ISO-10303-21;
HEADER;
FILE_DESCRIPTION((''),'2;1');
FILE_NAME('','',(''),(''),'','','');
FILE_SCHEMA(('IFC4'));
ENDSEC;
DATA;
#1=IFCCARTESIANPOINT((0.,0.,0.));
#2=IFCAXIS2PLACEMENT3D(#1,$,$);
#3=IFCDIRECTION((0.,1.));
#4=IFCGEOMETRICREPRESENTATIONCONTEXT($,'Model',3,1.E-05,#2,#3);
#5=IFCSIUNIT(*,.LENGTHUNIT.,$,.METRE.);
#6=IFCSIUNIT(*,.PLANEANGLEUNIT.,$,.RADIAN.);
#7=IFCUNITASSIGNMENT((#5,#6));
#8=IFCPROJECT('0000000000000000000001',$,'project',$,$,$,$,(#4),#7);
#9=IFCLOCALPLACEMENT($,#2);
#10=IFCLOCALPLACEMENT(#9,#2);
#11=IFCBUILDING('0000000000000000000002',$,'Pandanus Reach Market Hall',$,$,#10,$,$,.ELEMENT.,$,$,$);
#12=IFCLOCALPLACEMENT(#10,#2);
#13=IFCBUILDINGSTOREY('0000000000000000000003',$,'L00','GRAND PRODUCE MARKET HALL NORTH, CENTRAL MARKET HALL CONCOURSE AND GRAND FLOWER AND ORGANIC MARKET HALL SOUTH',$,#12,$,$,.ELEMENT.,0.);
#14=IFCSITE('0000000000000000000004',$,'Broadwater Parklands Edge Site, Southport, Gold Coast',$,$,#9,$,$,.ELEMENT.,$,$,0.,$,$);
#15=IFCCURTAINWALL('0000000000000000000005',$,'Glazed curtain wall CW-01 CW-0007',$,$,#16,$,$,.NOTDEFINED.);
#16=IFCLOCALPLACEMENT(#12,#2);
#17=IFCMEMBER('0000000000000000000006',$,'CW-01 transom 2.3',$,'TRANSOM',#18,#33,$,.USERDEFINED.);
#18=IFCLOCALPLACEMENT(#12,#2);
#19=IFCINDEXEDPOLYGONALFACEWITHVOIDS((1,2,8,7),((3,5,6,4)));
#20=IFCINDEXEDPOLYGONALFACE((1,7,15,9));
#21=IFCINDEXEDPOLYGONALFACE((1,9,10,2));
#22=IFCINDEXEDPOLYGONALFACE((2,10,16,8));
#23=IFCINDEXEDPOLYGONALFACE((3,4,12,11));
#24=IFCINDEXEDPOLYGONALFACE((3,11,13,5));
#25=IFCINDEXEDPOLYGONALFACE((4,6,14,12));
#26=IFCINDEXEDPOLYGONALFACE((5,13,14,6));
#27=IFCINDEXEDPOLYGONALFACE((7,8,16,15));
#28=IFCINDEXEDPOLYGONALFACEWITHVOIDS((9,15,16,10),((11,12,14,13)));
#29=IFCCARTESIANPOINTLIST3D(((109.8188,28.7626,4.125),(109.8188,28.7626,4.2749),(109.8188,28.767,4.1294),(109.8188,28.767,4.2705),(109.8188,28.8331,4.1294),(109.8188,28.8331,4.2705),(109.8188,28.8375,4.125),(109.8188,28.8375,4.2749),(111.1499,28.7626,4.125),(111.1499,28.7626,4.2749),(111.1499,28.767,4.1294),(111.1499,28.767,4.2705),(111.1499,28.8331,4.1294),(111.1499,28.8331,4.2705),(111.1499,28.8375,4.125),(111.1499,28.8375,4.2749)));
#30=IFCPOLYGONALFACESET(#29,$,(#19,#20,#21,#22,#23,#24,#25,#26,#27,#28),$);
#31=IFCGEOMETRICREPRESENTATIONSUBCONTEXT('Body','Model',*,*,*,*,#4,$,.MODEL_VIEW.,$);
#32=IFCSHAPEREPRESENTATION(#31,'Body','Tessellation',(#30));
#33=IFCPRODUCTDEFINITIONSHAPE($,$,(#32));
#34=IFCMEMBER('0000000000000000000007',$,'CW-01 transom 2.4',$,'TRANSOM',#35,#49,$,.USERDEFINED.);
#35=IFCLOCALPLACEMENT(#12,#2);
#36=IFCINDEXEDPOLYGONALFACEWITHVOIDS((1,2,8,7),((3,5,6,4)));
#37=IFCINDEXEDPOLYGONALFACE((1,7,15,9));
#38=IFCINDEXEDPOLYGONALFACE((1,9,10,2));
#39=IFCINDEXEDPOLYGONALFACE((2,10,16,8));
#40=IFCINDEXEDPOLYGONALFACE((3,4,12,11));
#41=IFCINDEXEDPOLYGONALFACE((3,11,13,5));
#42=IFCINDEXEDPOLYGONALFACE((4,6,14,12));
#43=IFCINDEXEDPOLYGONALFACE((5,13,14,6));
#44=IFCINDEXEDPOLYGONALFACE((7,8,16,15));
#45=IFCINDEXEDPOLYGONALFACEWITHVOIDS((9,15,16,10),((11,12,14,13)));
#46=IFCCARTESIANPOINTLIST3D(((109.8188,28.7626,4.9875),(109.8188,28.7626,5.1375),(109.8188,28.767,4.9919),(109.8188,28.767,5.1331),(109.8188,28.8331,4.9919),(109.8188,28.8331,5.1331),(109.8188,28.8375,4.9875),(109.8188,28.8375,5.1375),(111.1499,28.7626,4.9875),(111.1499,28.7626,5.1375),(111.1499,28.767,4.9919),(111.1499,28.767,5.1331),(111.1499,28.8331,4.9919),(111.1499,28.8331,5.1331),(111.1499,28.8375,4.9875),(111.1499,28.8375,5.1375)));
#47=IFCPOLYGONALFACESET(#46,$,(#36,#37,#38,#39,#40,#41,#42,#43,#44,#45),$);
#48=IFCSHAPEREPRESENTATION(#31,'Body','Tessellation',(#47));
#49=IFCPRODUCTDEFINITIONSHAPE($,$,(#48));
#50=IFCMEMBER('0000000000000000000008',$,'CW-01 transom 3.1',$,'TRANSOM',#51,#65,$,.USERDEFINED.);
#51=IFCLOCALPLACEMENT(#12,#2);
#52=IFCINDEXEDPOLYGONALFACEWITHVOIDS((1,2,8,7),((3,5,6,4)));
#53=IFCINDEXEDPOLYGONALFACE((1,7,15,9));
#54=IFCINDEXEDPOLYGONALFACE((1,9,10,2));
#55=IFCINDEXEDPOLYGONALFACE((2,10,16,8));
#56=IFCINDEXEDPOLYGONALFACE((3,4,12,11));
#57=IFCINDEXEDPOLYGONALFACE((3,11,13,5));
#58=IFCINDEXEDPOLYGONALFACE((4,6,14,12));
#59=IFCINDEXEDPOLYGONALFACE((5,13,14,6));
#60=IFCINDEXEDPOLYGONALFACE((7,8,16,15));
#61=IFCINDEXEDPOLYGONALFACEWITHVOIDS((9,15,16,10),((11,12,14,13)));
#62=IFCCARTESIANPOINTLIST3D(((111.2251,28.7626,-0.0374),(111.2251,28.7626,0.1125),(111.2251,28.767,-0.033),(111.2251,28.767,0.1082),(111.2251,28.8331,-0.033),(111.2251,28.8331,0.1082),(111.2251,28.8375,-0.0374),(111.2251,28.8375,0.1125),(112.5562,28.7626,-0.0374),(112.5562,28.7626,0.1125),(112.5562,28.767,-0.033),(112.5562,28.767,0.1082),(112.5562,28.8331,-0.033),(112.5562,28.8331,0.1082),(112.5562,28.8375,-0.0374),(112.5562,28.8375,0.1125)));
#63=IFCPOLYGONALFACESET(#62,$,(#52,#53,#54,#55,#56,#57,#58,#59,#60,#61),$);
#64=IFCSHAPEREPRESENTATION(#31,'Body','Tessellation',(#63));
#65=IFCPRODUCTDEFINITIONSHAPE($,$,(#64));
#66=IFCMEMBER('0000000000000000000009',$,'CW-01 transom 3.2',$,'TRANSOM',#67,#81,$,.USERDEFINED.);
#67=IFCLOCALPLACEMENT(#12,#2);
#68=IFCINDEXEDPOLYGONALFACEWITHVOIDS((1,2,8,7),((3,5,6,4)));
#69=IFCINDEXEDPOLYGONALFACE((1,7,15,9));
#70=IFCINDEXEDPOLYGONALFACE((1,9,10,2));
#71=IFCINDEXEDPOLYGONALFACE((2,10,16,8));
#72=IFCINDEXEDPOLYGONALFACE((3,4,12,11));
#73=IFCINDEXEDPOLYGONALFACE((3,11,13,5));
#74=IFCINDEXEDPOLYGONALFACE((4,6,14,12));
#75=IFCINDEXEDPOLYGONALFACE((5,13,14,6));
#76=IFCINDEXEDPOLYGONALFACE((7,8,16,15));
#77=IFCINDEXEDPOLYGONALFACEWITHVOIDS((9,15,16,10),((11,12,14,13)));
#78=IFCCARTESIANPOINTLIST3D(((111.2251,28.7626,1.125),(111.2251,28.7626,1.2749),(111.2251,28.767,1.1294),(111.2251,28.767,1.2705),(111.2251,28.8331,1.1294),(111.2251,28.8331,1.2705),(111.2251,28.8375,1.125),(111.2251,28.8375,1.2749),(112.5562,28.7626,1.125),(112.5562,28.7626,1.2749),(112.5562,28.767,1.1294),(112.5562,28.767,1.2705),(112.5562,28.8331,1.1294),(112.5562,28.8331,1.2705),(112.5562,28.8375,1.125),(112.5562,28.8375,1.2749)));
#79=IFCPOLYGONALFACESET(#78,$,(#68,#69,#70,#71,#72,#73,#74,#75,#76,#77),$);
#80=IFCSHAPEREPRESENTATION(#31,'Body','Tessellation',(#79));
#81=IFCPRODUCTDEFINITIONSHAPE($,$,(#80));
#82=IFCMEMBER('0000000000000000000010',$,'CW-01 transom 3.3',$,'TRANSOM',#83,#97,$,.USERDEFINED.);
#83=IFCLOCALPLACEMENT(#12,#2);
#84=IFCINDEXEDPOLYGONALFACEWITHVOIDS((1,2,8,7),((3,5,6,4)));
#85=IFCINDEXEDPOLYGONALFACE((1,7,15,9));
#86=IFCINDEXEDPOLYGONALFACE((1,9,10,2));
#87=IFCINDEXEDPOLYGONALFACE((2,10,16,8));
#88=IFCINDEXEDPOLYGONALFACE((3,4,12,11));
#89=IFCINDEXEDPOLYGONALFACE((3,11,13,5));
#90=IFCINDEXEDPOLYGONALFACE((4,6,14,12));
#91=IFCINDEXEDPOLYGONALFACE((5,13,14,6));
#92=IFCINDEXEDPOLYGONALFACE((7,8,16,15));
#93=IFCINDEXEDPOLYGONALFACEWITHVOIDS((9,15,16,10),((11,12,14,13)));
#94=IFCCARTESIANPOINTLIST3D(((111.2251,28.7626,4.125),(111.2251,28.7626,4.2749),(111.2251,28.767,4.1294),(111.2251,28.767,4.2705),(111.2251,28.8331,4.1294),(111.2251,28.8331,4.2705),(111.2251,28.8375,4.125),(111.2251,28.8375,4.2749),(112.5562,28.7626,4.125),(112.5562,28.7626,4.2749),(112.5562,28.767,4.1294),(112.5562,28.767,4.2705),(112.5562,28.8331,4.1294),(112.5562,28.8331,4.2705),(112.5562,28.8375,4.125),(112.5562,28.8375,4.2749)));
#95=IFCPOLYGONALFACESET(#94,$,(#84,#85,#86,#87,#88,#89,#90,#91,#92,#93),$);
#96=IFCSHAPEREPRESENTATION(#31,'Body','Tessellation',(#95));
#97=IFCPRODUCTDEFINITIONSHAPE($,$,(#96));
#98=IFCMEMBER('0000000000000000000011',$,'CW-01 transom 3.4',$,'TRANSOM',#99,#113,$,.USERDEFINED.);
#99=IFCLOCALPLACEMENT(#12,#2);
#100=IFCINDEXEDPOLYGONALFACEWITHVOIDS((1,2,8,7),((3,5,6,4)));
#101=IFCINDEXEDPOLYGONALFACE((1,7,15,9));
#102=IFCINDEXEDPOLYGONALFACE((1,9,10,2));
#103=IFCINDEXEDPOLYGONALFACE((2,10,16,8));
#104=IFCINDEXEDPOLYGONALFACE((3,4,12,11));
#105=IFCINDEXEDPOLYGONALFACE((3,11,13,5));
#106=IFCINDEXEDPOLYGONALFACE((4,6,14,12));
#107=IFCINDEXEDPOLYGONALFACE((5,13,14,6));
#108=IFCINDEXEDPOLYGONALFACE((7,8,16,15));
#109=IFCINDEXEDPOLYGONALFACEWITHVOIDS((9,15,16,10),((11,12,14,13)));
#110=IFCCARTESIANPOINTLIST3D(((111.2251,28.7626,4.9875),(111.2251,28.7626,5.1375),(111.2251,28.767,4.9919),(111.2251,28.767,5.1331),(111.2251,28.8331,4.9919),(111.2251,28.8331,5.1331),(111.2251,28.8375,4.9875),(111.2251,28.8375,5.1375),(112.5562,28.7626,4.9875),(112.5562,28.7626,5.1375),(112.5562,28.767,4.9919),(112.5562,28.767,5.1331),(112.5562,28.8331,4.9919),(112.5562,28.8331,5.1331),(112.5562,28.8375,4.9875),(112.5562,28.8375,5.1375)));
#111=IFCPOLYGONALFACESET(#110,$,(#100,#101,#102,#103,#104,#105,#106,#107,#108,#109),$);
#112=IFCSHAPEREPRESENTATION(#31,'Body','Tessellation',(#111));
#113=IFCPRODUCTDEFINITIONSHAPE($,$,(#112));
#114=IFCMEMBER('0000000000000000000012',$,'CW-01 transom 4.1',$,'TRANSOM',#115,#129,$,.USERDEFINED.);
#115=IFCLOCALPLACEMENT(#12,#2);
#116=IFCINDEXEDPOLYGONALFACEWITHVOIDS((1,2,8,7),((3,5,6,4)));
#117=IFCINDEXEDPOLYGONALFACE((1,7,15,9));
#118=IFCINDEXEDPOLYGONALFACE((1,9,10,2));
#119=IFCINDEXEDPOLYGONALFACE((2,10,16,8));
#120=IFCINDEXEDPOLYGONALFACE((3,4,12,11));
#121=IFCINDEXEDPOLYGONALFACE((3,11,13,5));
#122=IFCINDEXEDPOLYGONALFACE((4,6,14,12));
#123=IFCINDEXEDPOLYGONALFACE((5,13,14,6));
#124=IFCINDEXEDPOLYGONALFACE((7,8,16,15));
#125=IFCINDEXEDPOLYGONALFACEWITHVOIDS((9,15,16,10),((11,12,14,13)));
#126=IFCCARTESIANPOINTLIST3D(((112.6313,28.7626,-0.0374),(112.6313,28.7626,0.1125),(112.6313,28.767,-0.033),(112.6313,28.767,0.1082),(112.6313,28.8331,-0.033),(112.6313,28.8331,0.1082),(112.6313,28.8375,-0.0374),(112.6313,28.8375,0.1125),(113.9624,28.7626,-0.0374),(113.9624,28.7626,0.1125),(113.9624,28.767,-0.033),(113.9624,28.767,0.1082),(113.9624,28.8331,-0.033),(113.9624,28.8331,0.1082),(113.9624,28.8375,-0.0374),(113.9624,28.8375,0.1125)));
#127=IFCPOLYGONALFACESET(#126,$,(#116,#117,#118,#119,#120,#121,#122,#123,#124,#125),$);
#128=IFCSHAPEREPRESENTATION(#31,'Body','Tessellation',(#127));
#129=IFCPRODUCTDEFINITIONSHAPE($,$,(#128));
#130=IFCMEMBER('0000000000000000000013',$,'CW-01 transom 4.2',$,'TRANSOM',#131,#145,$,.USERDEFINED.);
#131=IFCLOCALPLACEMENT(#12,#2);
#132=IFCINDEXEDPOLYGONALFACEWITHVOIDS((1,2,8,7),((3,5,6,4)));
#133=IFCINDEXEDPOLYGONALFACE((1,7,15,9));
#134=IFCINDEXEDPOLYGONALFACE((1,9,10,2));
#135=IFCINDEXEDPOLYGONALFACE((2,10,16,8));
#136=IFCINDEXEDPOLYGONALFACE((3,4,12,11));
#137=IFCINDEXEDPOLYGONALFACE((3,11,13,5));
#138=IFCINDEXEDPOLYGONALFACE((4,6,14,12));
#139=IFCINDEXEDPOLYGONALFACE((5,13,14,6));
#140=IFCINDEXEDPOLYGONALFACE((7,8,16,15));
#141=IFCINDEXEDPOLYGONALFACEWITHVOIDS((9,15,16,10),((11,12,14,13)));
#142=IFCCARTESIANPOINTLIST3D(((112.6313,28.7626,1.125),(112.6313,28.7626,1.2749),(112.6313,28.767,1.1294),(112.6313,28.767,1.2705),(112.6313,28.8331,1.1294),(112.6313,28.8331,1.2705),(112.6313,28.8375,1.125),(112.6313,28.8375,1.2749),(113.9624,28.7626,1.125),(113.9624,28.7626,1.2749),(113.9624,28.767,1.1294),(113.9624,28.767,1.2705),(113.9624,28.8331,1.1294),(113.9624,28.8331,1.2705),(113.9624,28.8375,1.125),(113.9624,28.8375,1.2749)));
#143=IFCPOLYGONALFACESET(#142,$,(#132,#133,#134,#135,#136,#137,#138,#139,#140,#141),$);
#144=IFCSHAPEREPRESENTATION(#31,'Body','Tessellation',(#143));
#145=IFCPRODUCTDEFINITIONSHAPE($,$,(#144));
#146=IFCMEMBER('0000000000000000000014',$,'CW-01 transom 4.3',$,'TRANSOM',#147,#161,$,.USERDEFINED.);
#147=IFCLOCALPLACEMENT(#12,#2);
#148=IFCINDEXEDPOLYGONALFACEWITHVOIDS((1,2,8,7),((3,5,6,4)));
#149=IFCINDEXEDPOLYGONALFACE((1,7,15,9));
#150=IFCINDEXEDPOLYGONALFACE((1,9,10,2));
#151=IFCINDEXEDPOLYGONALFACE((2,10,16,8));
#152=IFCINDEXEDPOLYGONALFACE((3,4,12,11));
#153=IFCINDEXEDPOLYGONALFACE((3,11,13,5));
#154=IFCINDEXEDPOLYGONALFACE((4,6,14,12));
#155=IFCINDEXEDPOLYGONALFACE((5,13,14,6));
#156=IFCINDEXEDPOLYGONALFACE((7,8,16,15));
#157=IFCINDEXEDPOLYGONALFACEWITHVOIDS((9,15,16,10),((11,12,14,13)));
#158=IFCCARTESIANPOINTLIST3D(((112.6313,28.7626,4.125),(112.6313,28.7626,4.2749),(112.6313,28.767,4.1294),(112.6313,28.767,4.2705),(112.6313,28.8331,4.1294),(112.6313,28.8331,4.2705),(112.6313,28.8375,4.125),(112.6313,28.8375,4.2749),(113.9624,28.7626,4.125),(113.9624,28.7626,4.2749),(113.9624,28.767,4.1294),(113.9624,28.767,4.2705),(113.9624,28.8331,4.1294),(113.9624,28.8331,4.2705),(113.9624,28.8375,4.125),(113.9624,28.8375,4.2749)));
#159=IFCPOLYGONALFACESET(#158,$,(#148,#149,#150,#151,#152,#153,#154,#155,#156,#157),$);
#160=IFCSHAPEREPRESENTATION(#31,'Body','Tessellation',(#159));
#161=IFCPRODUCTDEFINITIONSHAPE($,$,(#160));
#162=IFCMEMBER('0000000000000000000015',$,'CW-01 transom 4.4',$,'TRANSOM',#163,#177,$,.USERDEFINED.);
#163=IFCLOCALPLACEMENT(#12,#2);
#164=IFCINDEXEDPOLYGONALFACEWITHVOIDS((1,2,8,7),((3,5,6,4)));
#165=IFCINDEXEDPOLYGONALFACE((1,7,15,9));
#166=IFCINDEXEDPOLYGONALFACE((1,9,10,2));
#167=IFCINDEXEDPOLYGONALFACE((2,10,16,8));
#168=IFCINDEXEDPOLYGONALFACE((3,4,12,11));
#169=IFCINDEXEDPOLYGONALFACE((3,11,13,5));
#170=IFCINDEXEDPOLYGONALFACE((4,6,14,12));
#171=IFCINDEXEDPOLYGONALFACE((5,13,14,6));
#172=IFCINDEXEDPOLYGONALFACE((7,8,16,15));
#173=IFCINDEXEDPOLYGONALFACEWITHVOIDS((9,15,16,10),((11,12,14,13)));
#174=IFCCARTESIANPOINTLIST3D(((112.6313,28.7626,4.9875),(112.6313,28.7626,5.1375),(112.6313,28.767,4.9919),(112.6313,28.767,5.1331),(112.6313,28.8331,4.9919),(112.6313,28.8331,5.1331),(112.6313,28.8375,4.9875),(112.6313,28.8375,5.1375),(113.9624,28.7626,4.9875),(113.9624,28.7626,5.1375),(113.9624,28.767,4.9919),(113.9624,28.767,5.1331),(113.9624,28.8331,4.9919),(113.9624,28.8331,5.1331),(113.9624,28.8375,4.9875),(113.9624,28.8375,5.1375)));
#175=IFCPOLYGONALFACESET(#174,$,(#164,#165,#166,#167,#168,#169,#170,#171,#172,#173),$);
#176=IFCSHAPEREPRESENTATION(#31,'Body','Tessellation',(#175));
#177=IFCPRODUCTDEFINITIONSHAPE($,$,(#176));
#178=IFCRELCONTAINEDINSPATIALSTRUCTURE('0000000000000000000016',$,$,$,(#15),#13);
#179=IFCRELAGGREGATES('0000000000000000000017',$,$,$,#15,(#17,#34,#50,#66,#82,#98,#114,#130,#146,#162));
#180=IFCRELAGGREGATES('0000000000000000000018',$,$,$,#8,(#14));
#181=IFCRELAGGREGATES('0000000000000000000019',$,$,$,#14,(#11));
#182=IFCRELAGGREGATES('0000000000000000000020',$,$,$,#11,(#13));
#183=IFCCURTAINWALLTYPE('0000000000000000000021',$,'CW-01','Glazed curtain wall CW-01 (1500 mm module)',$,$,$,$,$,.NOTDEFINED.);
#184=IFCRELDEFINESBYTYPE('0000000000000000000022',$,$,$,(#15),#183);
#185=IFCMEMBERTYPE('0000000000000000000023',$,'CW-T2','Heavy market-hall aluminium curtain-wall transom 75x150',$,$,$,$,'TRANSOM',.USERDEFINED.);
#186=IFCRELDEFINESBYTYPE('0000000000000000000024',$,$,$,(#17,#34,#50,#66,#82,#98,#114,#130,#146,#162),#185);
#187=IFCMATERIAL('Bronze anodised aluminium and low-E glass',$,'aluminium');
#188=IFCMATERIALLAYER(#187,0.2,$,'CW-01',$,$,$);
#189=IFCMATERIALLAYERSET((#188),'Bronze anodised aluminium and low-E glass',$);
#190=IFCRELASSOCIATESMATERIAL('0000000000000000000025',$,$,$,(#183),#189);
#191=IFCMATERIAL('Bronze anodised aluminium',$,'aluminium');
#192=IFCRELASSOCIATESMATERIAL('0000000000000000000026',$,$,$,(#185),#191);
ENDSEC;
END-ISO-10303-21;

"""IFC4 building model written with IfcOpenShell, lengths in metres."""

from ifc_helpers import new_model, si_unit, direction, frame, origin, origin_2d, place, context, subcontext, project, spatial, hollow_rectangle, extrude, material, layer, layer_set, material_profile, profile_set, type_object, element, aggregate, save


model = new_model("IFC4")

# Units and contexts
model_context = context("Model", 3, precision=1e-05, world=origin(), true_north=direction((0.0, 1.0)))
body_context = subcontext(model_context, "Body", "Model", "MODEL_VIEW")
ifc_project = project(units=[si_unit("LENGTHUNIT", "METRE"), si_unit("PLANEANGLEUNIT", "RADIAN")], contexts=[model_context])

# Site, building, storey
site_placement = place(None, origin())
site = spatial("IfcSite", under=ifc_project, at=site_placement, Name="Broadwater Parklands Edge Site, Southport, Gold Coast", CompositionType="ELEMENT", RefElevation=0.0)
building_placement = place(site_placement, origin())
building = spatial("IfcBuilding", under=site, at=building_placement, Name="Pandanus Reach Market Hall", CompositionType="ELEMENT")
storey_placement = place(building_placement, origin())
storey = spatial("IfcBuildingStorey", under=building, at=storey_placement, Name="L00", Description="GRAND PRODUCE MARKET HALL NORTH, CENTRAL MARKET HALL CONCOURSE AND GRAND FLOWER AND ORGANIC MARKET HALL SOUTH", CompositionType="ELEMENT", Elevation=0.0)

# Curtain wall, members
ifc_material_1 = material(Name="Bronze anodised aluminium and low-E glass", Category="aluminium")
ifc_layer_1 = layer(ifc_material_1, 0.2, Name="CW-01")
ifc_layer_set_1 = layer_set([ifc_layer_1], Name="Bronze anodised aluminium and low-E glass")
curtain_wall_type = type_object("IfcCurtainWallType", Name="CW-01", Description="Glazed curtain wall CW-01 (1500 mm module)", PredefinedType="NOTDEFINED", material=ifc_layer_set_1)
curtain_wall_placement = place(storey_placement, origin())
curtain_wall = element("IfcCurtainWall", 1, at=curtain_wall_placement, inside=storey, type_object=curtain_wall_type, Name="Glazed curtain wall CW-01 CW-0007", PredefinedType="NOTDEFINED")
ifc_material_2 = material(Name="Bronze anodised aluminium", Category="aluminium")
ifc_material_profile_1 = material_profile(ifc_material_2, hollow_rectangle(XDim=0.075, YDim=0.1499, WallThickness=0.0044, at=origin_2d()), Name="ALU75x150", Category="LoadBearing")
ifc_profile_set_1 = profile_set([ifc_material_profile_1], Name="Bronze anodised aluminium")
member_type_1 = type_object("IfcMemberType", Name="CW-T2", Description="Heavy market-hall aluminium curtain-wall transom 75x150", ElementType="TRANSOM", PredefinedType="USERDEFINED", material=ifc_profile_set_1)
member_1_placement = place(storey_placement, frame((109.8188, 28.8, 4.2), z_axis=(1.0, 0.0, 0.0), x_axis=(0.0, 1.0, 0.0)))
member_1 = element("IfcMember", 2, at=member_1_placement, type_object=member_type_1, Name="CW-01 transom 2.3", ObjectType="TRANSOM", PredefinedType="USERDEFINED", context=body_context, shape_type="SweptSolid", body=[
    extrude(hollow_rectangle(XDim=0.075, YDim=0.1499, WallThickness=0.0044, at=origin_2d()), origin(), (0.0, 0.0, 1.0), 1.3311),
])
member_2_placement = place(storey_placement, frame((109.8188, 28.8, 5.0625), z_axis=(1.0, 0.0, 0.0), x_axis=(0.0, 1.0, 0.0)))
member_2 = element("IfcMember", 3, at=member_2_placement, type_object=member_type_1, Name="CW-01 transom 2.4", ObjectType="TRANSOM", PredefinedType="USERDEFINED", context=body_context, shape_type="SweptSolid", body=[
    extrude(hollow_rectangle(XDim=0.075, YDim=0.1499, WallThickness=0.0044, at=origin_2d()), origin(), (0.0, 0.0, 1.0), 1.3311),
])
member_3_placement = place(storey_placement, frame((111.2251, 28.8, 0.0376), z_axis=(1.0, 0.0, 0.0), x_axis=(0.0, 1.0, 0.0)))
member_3 = element("IfcMember", 4, at=member_3_placement, type_object=member_type_1, Name="CW-01 transom 3.1", ObjectType="TRANSOM", PredefinedType="USERDEFINED", context=body_context, shape_type="SweptSolid", body=[
    extrude(hollow_rectangle(XDim=0.075, YDim=0.1499, WallThickness=0.0044, at=origin_2d()), origin(), (0.0, 0.0, 1.0), 1.3311),
])
member_4_placement = place(storey_placement, frame((111.2251, 28.8, 1.2), z_axis=(1.0, 0.0, 0.0), x_axis=(0.0, 1.0, 0.0)))
member_4 = element("IfcMember", 5, at=member_4_placement, type_object=member_type_1, Name="CW-01 transom 3.2", ObjectType="TRANSOM", PredefinedType="USERDEFINED", context=body_context, shape_type="SweptSolid", body=[
    extrude(hollow_rectangle(XDim=0.075, YDim=0.1499, WallThickness=0.0044, at=origin_2d()), origin(), (0.0, 0.0, 1.0), 1.3311),
])
member_5_placement = place(storey_placement, frame((111.2251, 28.8, 4.2), z_axis=(1.0, 0.0, 0.0), x_axis=(0.0, 1.0, 0.0)))
member_5 = element("IfcMember", 6, at=member_5_placement, type_object=member_type_1, Name="CW-01 transom 3.3", ObjectType="TRANSOM", PredefinedType="USERDEFINED", context=body_context, shape_type="SweptSolid", body=[
    extrude(hollow_rectangle(XDim=0.075, YDim=0.1499, WallThickness=0.0044, at=origin_2d()), origin(), (0.0, 0.0, 1.0), 1.3311),
])
member_6_placement = place(storey_placement, frame((111.2251, 28.8, 5.0625), z_axis=(1.0, 0.0, 0.0), x_axis=(0.0, 1.0, 0.0)))
member_6 = element("IfcMember", 7, at=member_6_placement, type_object=member_type_1, Name="CW-01 transom 3.4", ObjectType="TRANSOM", PredefinedType="USERDEFINED", context=body_context, shape_type="SweptSolid", body=[
    extrude(hollow_rectangle(XDim=0.075, YDim=0.1499, WallThickness=0.0044, at=origin_2d()), origin(), (0.0, 0.0, 1.0), 1.3311),
])
member_7_placement = place(storey_placement, frame((112.6313, 28.8, 0.0376), z_axis=(1.0, 0.0, 0.0), x_axis=(0.0, 1.0, 0.0)))
member_7 = element("IfcMember", 8, at=member_7_placement, type_object=member_type_1, Name="CW-01 transom 4.1", ObjectType="TRANSOM", PredefinedType="USERDEFINED", context=body_context, shape_type="SweptSolid", body=[
    extrude(hollow_rectangle(XDim=0.075, YDim=0.1499, WallThickness=0.0044, at=origin_2d()), origin(), (0.0, 0.0, 1.0), 1.3311),
])
member_8_placement = place(storey_placement, frame((112.6313, 28.8, 1.2), z_axis=(1.0, 0.0, 0.0), x_axis=(0.0, 1.0, 0.0)))
member_8 = element("IfcMember", 9, at=member_8_placement, type_object=member_type_1, Name="CW-01 transom 4.2", ObjectType="TRANSOM", PredefinedType="USERDEFINED", context=body_context, shape_type="SweptSolid", body=[
    extrude(hollow_rectangle(XDim=0.075, YDim=0.1499, WallThickness=0.0044, at=origin_2d()), origin(), (0.0, 0.0, 1.0), 1.3311),
])
member_9_placement = place(storey_placement, frame((112.6313, 28.8, 4.2), z_axis=(1.0, 0.0, 0.0), x_axis=(0.0, 1.0, 0.0)))
member_9 = element("IfcMember", 10, at=member_9_placement, type_object=member_type_1, Name="CW-01 transom 4.3", ObjectType="TRANSOM", PredefinedType="USERDEFINED", context=body_context, shape_type="SweptSolid", body=[
    extrude(hollow_rectangle(XDim=0.075, YDim=0.1499, WallThickness=0.0044, at=origin_2d()), origin(), (0.0, 0.0, 1.0), 1.3311),
])
member_10_placement = place(storey_placement, frame((112.6313, 28.8, 5.0625), z_axis=(1.0, 0.0, 0.0), x_axis=(0.0, 1.0, 0.0)))
member_10 = element("IfcMember", 11, at=member_10_placement, type_object=member_type_1, Name="CW-01 transom 4.4", ObjectType="TRANSOM", PredefinedType="USERDEFINED", context=body_context, shape_type="SweptSolid", body=[
    extrude(hollow_rectangle(XDim=0.075, YDim=0.1499, WallThickness=0.0044, at=origin_2d()), origin(), (0.0, 0.0, 1.0), 1.3311),
])

aggregate(curtain_wall, [member_1, member_2, member_3, member_4, member_5, member_6, member_7, member_8, member_9, member_10])

save(model, "model.ifc")
